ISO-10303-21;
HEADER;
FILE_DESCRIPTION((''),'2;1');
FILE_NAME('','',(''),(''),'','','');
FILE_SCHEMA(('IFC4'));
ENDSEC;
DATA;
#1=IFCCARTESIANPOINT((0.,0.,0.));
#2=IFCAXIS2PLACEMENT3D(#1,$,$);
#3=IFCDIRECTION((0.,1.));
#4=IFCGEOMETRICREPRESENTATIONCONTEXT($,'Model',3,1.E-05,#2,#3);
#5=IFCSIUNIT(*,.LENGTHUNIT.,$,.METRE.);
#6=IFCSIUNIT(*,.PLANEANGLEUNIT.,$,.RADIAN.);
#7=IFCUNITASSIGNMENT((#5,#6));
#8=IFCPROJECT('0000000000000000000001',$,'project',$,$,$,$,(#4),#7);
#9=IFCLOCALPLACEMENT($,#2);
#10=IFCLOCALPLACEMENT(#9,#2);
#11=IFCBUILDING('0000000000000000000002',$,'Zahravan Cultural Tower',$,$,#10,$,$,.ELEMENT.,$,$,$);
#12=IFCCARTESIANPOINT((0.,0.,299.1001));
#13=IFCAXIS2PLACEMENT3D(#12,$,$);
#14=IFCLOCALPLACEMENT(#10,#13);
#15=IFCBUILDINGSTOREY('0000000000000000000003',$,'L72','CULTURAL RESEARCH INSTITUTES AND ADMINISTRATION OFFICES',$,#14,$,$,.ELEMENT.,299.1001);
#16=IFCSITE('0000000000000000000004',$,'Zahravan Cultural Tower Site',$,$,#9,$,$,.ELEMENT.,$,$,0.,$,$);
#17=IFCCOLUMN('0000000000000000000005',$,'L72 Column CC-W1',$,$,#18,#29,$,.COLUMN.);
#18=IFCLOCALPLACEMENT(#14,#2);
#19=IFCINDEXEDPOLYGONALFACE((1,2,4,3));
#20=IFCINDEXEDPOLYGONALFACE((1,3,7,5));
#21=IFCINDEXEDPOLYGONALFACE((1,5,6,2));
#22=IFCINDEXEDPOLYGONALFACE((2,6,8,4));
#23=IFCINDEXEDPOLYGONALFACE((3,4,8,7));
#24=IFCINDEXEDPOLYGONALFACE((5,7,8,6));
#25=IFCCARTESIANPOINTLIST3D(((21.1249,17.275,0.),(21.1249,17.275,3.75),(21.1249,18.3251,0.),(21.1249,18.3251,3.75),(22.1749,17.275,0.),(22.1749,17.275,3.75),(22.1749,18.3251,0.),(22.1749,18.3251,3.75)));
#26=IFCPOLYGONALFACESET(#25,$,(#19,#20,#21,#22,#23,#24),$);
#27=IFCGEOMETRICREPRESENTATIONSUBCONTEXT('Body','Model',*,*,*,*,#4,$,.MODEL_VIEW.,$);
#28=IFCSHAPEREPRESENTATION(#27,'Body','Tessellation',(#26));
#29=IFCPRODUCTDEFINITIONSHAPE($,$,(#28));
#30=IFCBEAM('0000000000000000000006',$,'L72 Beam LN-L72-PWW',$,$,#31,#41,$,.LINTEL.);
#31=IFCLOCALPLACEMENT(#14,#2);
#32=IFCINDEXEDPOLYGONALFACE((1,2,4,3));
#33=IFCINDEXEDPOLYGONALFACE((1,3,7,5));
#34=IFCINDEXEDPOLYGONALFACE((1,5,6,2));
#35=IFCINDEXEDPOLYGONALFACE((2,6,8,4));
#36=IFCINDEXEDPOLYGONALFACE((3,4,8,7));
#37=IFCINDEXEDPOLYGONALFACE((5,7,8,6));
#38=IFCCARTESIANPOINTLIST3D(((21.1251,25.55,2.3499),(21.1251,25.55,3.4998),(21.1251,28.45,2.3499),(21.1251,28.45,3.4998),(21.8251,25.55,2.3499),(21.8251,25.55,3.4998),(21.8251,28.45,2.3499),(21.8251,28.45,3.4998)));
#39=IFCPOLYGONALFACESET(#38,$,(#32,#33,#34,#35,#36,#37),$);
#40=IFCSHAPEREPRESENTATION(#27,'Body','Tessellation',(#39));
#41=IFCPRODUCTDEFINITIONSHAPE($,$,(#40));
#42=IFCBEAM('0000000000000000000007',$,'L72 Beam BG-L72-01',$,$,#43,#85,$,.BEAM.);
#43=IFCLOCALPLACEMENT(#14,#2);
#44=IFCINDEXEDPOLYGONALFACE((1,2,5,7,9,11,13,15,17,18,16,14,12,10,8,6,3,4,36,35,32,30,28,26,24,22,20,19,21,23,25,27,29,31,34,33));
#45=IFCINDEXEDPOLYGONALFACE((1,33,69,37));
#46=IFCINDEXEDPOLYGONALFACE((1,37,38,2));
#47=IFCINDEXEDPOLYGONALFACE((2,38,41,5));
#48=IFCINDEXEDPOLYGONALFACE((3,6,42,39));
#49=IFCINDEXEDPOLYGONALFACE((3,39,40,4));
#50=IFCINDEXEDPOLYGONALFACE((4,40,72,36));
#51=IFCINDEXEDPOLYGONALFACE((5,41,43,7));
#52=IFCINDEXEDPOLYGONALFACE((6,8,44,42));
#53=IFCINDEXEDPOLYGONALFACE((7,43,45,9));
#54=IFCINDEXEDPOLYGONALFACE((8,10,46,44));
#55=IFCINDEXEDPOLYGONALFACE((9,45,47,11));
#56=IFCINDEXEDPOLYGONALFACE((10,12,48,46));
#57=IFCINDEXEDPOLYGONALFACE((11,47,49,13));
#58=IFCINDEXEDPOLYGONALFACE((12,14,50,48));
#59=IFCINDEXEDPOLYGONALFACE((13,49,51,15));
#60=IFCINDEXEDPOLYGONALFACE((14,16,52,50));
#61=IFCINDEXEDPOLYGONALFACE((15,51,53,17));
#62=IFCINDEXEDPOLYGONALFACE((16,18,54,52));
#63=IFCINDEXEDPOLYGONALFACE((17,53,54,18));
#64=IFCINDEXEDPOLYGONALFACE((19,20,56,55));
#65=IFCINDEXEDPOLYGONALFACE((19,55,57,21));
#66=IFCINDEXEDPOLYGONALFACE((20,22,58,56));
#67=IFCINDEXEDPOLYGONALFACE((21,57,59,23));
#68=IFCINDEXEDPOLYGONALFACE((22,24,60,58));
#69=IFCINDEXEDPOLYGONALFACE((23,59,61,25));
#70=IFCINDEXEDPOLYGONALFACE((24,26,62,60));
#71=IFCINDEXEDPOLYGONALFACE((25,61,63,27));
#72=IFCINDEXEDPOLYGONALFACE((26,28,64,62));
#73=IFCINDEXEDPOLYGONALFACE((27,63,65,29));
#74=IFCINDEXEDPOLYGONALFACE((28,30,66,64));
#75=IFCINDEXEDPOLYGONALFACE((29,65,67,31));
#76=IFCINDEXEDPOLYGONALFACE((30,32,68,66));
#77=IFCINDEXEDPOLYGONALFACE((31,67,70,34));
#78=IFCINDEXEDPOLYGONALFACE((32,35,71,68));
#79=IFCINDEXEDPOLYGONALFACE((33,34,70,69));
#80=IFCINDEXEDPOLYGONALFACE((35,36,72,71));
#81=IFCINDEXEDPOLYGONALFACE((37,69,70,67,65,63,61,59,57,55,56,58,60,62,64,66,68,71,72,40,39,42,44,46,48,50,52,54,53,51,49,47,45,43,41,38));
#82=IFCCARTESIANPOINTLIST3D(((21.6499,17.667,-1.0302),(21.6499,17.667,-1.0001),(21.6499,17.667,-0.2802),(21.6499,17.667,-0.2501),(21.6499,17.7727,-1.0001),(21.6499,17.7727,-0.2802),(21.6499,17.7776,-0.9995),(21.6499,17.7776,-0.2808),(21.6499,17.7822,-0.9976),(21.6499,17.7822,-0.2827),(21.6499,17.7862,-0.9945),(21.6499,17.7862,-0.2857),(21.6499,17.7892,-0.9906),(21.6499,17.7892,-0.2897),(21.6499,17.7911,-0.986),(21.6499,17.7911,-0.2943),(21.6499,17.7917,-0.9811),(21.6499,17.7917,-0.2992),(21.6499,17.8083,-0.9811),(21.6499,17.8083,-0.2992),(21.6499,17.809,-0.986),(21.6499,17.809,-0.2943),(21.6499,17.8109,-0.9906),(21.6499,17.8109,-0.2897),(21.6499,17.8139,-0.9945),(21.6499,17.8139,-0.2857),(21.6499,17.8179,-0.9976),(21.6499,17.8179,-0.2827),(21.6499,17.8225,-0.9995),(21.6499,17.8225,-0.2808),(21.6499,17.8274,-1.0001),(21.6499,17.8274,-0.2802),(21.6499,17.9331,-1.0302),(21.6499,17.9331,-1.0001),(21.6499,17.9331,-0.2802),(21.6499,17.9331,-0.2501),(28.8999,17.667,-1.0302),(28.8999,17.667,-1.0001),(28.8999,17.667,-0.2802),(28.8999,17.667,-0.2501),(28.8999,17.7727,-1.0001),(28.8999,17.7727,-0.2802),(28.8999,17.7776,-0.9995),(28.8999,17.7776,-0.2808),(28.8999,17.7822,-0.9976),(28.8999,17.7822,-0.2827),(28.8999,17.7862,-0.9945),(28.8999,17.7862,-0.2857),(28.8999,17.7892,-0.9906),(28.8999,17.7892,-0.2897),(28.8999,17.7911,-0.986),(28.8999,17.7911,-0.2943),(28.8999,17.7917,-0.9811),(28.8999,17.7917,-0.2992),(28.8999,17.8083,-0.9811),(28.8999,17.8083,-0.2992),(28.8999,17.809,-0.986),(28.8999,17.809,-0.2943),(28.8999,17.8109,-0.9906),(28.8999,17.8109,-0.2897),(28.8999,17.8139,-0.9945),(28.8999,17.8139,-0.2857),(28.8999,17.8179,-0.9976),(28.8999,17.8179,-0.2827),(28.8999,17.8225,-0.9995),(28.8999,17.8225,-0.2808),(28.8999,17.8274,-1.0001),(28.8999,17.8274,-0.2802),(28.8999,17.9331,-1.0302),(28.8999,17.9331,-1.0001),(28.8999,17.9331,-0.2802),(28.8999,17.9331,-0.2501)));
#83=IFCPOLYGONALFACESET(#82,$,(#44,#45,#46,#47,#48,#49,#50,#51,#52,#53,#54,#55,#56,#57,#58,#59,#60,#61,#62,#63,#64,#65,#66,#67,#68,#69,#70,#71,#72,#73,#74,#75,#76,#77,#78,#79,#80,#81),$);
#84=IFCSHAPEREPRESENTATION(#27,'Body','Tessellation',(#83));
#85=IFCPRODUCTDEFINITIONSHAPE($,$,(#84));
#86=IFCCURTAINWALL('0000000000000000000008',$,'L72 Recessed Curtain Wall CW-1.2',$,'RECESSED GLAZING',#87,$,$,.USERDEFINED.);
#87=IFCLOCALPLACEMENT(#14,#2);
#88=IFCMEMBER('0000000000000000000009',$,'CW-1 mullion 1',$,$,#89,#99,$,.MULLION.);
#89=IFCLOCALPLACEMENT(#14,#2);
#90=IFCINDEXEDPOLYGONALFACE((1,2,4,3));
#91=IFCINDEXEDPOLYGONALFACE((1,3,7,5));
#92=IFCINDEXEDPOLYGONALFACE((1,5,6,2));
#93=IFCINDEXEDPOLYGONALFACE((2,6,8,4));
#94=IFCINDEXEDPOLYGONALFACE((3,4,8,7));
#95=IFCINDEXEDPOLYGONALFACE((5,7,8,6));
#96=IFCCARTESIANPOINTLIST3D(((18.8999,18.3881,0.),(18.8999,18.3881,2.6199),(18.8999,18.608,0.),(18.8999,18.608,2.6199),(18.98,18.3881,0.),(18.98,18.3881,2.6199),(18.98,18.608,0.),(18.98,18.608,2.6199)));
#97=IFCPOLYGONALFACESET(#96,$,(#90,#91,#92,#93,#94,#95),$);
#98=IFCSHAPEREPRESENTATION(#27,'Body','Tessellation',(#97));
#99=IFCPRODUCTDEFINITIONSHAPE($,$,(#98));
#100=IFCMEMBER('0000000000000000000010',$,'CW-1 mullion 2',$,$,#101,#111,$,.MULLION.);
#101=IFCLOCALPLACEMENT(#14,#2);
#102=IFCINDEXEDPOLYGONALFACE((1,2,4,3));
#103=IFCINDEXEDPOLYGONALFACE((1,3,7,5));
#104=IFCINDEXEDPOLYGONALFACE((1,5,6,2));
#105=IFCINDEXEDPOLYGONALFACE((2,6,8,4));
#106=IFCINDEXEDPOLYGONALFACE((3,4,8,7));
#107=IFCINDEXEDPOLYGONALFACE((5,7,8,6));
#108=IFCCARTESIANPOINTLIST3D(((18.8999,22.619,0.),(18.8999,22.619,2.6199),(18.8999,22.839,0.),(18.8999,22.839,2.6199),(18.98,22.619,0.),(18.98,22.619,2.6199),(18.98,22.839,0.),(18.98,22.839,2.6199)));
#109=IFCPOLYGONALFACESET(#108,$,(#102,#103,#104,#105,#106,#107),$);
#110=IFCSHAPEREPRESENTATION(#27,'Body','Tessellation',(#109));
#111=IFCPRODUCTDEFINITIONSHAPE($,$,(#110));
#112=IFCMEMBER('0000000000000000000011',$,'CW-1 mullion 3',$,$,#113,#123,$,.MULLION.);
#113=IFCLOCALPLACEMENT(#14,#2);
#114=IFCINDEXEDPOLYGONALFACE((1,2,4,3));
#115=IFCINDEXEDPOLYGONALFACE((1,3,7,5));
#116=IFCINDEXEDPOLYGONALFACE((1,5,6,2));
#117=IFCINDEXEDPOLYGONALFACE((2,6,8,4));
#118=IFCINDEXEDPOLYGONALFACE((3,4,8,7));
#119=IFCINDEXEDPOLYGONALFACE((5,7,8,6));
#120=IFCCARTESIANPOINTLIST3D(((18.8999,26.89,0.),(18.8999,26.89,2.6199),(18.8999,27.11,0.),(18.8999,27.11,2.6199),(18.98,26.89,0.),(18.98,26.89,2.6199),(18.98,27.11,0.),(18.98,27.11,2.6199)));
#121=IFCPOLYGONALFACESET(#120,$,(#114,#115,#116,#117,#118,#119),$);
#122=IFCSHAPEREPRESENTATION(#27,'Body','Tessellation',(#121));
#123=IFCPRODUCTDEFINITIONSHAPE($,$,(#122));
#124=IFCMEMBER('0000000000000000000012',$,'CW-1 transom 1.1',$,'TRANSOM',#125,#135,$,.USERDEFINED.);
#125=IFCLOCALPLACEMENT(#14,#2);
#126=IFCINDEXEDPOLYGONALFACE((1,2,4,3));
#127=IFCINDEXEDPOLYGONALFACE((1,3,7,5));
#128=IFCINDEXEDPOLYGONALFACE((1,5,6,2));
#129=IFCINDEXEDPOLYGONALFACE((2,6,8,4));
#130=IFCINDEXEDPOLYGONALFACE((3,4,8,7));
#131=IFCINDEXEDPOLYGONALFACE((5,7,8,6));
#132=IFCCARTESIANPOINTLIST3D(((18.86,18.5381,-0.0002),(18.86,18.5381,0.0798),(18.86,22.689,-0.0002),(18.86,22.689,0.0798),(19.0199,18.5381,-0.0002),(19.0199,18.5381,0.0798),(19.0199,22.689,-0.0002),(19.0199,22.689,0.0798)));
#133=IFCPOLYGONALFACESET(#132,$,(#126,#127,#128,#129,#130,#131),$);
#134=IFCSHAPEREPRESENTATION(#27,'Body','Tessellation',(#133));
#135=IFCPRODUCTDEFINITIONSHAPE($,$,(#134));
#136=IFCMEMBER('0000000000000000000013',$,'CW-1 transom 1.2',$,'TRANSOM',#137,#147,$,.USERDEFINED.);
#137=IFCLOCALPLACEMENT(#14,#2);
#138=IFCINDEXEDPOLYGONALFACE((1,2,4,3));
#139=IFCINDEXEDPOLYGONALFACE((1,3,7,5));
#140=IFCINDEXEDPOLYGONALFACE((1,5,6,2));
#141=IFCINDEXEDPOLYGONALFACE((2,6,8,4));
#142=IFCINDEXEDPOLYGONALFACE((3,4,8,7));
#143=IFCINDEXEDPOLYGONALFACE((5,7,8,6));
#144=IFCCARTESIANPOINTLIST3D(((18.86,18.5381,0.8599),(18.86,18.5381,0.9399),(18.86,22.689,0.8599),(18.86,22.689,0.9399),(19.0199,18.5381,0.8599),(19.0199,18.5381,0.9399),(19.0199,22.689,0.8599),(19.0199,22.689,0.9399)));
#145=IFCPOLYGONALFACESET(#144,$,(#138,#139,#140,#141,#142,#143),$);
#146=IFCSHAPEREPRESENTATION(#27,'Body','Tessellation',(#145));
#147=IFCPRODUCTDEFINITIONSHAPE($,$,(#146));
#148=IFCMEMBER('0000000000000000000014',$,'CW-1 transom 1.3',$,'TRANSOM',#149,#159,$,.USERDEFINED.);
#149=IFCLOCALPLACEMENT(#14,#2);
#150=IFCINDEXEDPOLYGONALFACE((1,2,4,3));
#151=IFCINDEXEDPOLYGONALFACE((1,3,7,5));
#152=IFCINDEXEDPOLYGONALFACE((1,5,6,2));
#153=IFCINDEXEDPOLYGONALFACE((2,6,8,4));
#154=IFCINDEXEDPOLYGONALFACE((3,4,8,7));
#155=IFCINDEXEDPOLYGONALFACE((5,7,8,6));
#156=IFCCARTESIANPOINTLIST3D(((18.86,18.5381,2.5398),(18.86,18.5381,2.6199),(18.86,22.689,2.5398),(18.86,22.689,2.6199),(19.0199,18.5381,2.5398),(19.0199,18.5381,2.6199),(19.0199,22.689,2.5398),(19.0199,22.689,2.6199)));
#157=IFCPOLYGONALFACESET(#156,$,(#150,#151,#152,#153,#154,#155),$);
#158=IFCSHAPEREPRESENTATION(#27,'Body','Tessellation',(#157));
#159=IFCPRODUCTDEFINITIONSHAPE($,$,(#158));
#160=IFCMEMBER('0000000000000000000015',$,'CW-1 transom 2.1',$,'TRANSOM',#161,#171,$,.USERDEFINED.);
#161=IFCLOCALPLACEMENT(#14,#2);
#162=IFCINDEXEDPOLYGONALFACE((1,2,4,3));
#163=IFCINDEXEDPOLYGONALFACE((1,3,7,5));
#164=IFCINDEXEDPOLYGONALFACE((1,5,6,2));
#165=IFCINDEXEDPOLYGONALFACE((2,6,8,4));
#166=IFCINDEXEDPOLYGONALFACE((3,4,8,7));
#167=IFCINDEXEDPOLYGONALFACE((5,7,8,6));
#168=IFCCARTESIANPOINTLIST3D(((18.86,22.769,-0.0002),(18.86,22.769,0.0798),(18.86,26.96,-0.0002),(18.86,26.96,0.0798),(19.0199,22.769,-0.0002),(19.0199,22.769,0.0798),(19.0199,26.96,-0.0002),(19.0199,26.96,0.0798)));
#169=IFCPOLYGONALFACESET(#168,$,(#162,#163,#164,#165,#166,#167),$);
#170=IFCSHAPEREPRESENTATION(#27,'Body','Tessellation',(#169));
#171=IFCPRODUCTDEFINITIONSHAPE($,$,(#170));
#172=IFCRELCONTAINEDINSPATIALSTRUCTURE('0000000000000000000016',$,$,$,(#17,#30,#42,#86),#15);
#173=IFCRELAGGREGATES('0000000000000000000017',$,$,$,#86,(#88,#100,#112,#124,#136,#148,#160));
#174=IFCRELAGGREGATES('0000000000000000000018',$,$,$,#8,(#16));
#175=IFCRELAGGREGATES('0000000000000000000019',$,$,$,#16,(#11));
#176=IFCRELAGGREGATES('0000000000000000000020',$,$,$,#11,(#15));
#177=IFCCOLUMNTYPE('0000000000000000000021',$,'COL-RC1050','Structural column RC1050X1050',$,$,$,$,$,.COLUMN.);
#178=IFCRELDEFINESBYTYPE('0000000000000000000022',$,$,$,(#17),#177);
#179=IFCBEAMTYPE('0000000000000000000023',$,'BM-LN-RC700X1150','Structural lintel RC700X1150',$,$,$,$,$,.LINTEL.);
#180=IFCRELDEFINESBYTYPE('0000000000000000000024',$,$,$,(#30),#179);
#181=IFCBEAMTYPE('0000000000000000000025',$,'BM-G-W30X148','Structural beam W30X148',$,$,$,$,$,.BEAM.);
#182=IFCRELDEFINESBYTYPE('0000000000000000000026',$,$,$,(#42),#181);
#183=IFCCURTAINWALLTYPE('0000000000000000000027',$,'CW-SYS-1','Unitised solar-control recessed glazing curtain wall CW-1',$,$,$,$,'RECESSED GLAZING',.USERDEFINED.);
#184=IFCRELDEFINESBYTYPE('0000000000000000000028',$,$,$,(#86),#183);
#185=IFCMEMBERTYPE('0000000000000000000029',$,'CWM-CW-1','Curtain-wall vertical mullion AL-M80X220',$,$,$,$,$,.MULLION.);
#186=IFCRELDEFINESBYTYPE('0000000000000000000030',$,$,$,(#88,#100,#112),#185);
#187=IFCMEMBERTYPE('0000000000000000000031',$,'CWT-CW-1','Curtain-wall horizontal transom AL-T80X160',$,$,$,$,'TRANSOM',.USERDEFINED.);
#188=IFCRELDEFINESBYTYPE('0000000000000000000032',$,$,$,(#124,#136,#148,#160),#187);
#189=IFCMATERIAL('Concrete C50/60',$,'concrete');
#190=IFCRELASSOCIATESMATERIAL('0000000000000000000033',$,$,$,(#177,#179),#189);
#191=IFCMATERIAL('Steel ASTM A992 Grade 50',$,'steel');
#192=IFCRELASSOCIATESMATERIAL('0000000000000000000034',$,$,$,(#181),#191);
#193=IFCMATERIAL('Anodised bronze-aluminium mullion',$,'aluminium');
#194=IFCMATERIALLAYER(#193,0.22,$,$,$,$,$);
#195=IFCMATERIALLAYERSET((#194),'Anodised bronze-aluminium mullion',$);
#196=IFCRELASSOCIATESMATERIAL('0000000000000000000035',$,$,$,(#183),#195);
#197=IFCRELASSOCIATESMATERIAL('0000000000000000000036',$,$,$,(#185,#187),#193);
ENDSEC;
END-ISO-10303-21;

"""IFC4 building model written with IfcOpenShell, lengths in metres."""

from ifc_helpers import new_model, si_unit, direction, frame, origin, origin_2d, place, context, subcontext, project, spatial, rectangle, i_section, extrude, source, transform, mapped, material, layer, layer_set, material_profile, profile_set, type_object, element, aggregate, save


model = new_model("IFC4")

# Units and contexts
model_context = context("Model", 3, precision=1e-05, world=origin(), true_north=direction((0.0, 1.0)))
body_context = subcontext(model_context, "Body", "Model", "MODEL_VIEW")
ifc_project = project(units=[si_unit("LENGTHUNIT", "METRE"), si_unit("PLANEANGLEUNIT", "RADIAN")], contexts=[model_context])

# Site, building, storey
site_placement = place(None, origin())
site = spatial("IfcSite", under=ifc_project, at=site_placement, Name="Zahravan Cultural Tower Site", CompositionType="ELEMENT", RefElevation=0.0)
building_placement = place(site_placement, origin())
building = spatial("IfcBuilding", under=site, at=building_placement, Name="Zahravan Cultural Tower", CompositionType="ELEMENT")
storey_placement = place(building_placement, frame((0.0, 0.0, 299.1001)))
storey = spatial("IfcBuildingStorey", under=building, at=storey_placement, Name="L72", Description="CULTURAL RESEARCH INSTITUTES AND ADMINISTRATION OFFICES", CompositionType="ELEMENT", Elevation=299.1001)

# Column
ifc_material_1 = material(Name="Concrete C50/60", Category="concrete")
ifc_material_profile_1 = material_profile(ifc_material_1, rectangle(XDim=1.05, YDim=1.05, at=origin_2d()), Name="RC1050X1050")
ifc_profile_set_1 = profile_set([ifc_material_profile_1], Name="Concrete C50/60")
column_type = type_object("IfcColumnType", Name="COL-RC1050", Description="Structural column RC1050X1050", PredefinedType="COLUMN", material=ifc_profile_set_1)
shared_shape_1 = source(origin(), body_context, "Body", "SweptSolid", [
    extrude(rectangle(XDim=1.05, YDim=1.05, at=origin_2d()), origin(), (0.0, 0.0, 1.0), 3.75),
])
column_placement = place(storey_placement, frame((21.6499, 17.8, 0.0), z_axis=(0.0, 0.0, 1.0), x_axis=(1.0, 0.0, 0.0)))
element("IfcColumn", 1, at=column_placement, inside=storey, type_object=column_type, Name="L72 Column CC-W1", PredefinedType="COLUMN", context=body_context, shape_type="MappedRepresentation", body=[
    mapped(shared_shape_1, transform((0.0, 0.0, 0.0), x_axis=(1.0, 0.0, 0.0), y_axis=(0.0, 1.0, 0.0), z_axis=(0.0, 0.0, 1.0), scale=1.0)),
])

# Beams
ifc_material_profile_2 = material_profile(ifc_material_1, rectangle(XDim=0.7, YDim=1.1499, at=origin_2d()), Name="RC700X1150")
ifc_profile_set_2 = profile_set([ifc_material_profile_2], Name="Concrete C50/60")
beam_type_1 = type_object("IfcBeamType", Name="BM-LN-RC700X1150", Description="Structural lintel RC700X1150", PredefinedType="LINTEL", material=ifc_profile_set_2)
shared_shape_2 = source(origin(), body_context, "Body", "SweptSolid", [
    extrude(rectangle(XDim=0.7, YDim=1.1499, at=origin_2d()), origin(), (0.0, 0.0, 1.0), 2.8999),
])
beam_1_placement = place(storey_placement, frame((21.4751, 25.55, 2.9248), z_axis=(0.0, 1.0, 0.0), x_axis=(-1.0, 0.0, 0.0)))
element("IfcBeam", 2, at=beam_1_placement, inside=storey, type_object=beam_type_1, Name="L72 Beam LN-L72-PWW", PredefinedType="LINTEL", context=body_context, shape_type="MappedRepresentation", body=[
    mapped(shared_shape_2, transform((0.0, 0.0, 0.0), x_axis=(1.0, 0.0, 0.0), y_axis=(0.0, 1.0, 0.0), z_axis=(0.0, 0.0, 1.0), scale=1.0)),
])
ifc_material_2 = material(Name="Steel ASTM A992 Grade 50", Category="steel")
ifc_material_profile_3 = material_profile(ifc_material_2, i_section(OverallWidth=0.2661, OverallDepth=0.78, WebThickness=0.0166, FlangeThickness=0.03, FilletRadius=0.019, at=origin_2d()), Name="W30X148")
ifc_profile_set_3 = profile_set([ifc_material_profile_3], Name="Steel ASTM A992 Grade 50")
beam_type_2 = type_object("IfcBeamType", Name="BM-G-W30X148", Description="Structural beam W30X148", PredefinedType="BEAM", material=ifc_profile_set_3)
shared_shape_3 = source(origin(), body_context, "Body", "SweptSolid", [
    extrude(i_section(OverallWidth=0.2661, OverallDepth=0.78, WebThickness=0.0166, FlangeThickness=0.03, FilletRadius=0.019, at=origin_2d()), origin(), (0.0, 0.0, 1.0), 7.25),
])
beam_2_placement = place(storey_placement, frame((21.6499, 17.8, -0.6401), z_axis=(1.0, 0.0, 0.0), x_axis=(0.0, 1.0, 0.0)))
element("IfcBeam", 3, at=beam_2_placement, inside=storey, type_object=beam_type_2, Name="L72 Beam BG-L72-01", PredefinedType="BEAM", context=body_context, shape_type="MappedRepresentation", body=[
    mapped(shared_shape_3, transform((0.0, 0.0, 0.0), x_axis=(1.0, 0.0, 0.0), y_axis=(0.0, 1.0, 0.0), z_axis=(0.0, 0.0, 1.0), scale=1.0)),
])

# Curtain wall, members
ifc_material_3 = material(Name="Anodised bronze-aluminium mullion", Category="aluminium")
ifc_layer_1 = layer(ifc_material_3, 0.22)
ifc_layer_set_1 = layer_set([ifc_layer_1], Name="Anodised bronze-aluminium mullion")
curtain_wall_type = type_object("IfcCurtainWallType", Name="CW-SYS-1", Description="Unitised solar-control recessed glazing curtain wall CW-1", ElementType="RECESSED GLAZING", PredefinedType="USERDEFINED", material=ifc_layer_set_1)
curtain_wall_placement = place(storey_placement, origin())
curtain_wall = element("IfcCurtainWall", 4, at=curtain_wall_placement, inside=storey, type_object=curtain_wall_type, Name="L72 Recessed Curtain Wall CW-1.2", ObjectType="RECESSED GLAZING", PredefinedType="USERDEFINED")
ifc_material_profile_4 = material_profile(ifc_material_3, rectangle(XDim=0.0801, YDim=0.22, at=origin_2d()), Name="AL-M80X220")
ifc_profile_set_4 = profile_set([ifc_material_profile_4], Name="Anodised bronze-aluminium mullion")
member_type_1 = type_object("IfcMemberType", Name="CWM-CW-1", Description="Curtain-wall vertical mullion AL-M80X220", PredefinedType="MULLION", material=ifc_profile_set_4)
shared_shape_4 = source(origin(), body_context, "Body", "SweptSolid", [
    extrude(rectangle(XDim=0.0801, YDim=0.22, at=origin_2d()), origin(), (0.0, 0.0, 1.0), 2.6199),
])
member_1_placement = place(storey_placement, frame((18.9399, 18.498, 0.0), z_axis=(0.0, 0.0, 1.0), x_axis=(-1.0, 0.0, 0.0)))
member_1 = element("IfcMember", 5, at=member_1_placement, type_object=member_type_1, Name="CW-1 mullion 1", PredefinedType="MULLION", context=body_context, shape_type="MappedRepresentation", body=[
    mapped(shared_shape_4, transform((0.0, 0.0, 0.0), x_axis=(1.0, 0.0, 0.0), y_axis=(0.0, 1.0, 0.0), z_axis=(0.0, 0.0, 1.0), scale=1.0)),
])
member_2_placement = place(storey_placement, frame((18.9399, 22.729, 0.0), z_axis=(0.0, 0.0, 1.0), x_axis=(-1.0, 0.0, 0.0)))
member_2 = element("IfcMember", 6, at=member_2_placement, type_object=member_type_1, Name="CW-1 mullion 2", PredefinedType="MULLION", context=body_context, shape_type="MappedRepresentation", body=[
    mapped(shared_shape_4, transform((0.0, 0.0, 0.0), x_axis=(1.0, 0.0, 0.0), y_axis=(0.0, 1.0, 0.0), z_axis=(0.0, 0.0, 1.0), scale=1.0)),
])
member_3_placement = place(storey_placement, frame((18.9399, 27.0, 0.0), z_axis=(0.0, 0.0, 1.0), x_axis=(-1.0, 0.0, 0.0)))
member_3 = element("IfcMember", 7, at=member_3_placement, type_object=member_type_1, Name="CW-1 mullion 3", PredefinedType="MULLION", context=body_context, shape_type="MappedRepresentation", body=[
    mapped(shared_shape_4, transform((0.0, 0.0, 0.0), x_axis=(1.0, 0.0, 0.0), y_axis=(0.0, 1.0, 0.0), z_axis=(0.0, 0.0, 1.0), scale=1.0)),
])
ifc_material_profile_5 = material_profile(ifc_material_3, rectangle(XDim=0.1599, YDim=0.0801, at=origin_2d()), Name="AL-T80X160")
ifc_profile_set_5 = profile_set([ifc_material_profile_5], Name="Anodised bronze-aluminium mullion")
member_type_2 = type_object("IfcMemberType", Name="CWT-CW-1", Description="Curtain-wall horizontal transom AL-T80X160", ElementType="TRANSOM", PredefinedType="USERDEFINED", material=ifc_profile_set_5)
shared_shape_5 = source(origin(), body_context, "Body", "SweptSolid", [
    extrude(rectangle(XDim=0.1599, YDim=0.0801, at=origin_2d()), origin(), (0.0, 0.0, 1.0), 4.1509),
])
member_4_placement = place(storey_placement, frame((18.9399, 18.5381, 0.0398), z_axis=(0.0, 1.0, 0.0), x_axis=(-1.0, 0.0, 0.0)))
member_4 = element("IfcMember", 8, at=member_4_placement, type_object=member_type_2, Name="CW-1 transom 1.1", ObjectType="TRANSOM", PredefinedType="USERDEFINED", context=body_context, shape_type="MappedRepresentation", body=[
    mapped(shared_shape_5, transform((0.0, 0.0, 0.0), x_axis=(1.0, 0.0, 0.0), y_axis=(0.0, 1.0, 0.0), z_axis=(0.0, 0.0, 1.0), scale=1.0)),
])
member_5_placement = place(storey_placement, frame((18.9399, 18.5381, 0.8999), z_axis=(0.0, 1.0, 0.0), x_axis=(-1.0, 0.0, 0.0)))
member_5 = element("IfcMember", 9, at=member_5_placement, type_object=member_type_2, Name="CW-1 transom 1.2", ObjectType="TRANSOM", PredefinedType="USERDEFINED", context=body_context, shape_type="MappedRepresentation", body=[
    mapped(shared_shape_5, transform((0.0, 0.0, 0.0), x_axis=(1.0, 0.0, 0.0), y_axis=(0.0, 1.0, 0.0), z_axis=(0.0, 0.0, 1.0), scale=1.0)),
])
member_6_placement = place(storey_placement, frame((18.9399, 18.5381, 2.5798), z_axis=(0.0, 1.0, 0.0), x_axis=(-1.0, 0.0, 0.0)))
member_6 = element("IfcMember", 10, at=member_6_placement, type_object=member_type_2, Name="CW-1 transom 1.3", ObjectType="TRANSOM", PredefinedType="USERDEFINED", context=body_context, shape_type="MappedRepresentation", body=[
    mapped(shared_shape_5, transform((0.0, 0.0, 0.0), x_axis=(1.0, 0.0, 0.0), y_axis=(0.0, 1.0, 0.0), z_axis=(0.0, 0.0, 1.0), scale=1.0)),
])
shared_shape_6 = source(origin(), body_context, "Body", "SweptSolid", [
    extrude(rectangle(XDim=0.1599, YDim=0.0801, at=origin_2d()), origin(), (0.0, 0.0, 1.0), 4.1909),
])
member_7_placement = place(storey_placement, frame((18.9399, 22.769, 0.0398), z_axis=(0.0, 1.0, 0.0), x_axis=(-1.0, 0.0, 0.0)))
member_7 = element("IfcMember", 11, at=member_7_placement, type_object=member_type_2, Name="CW-1 transom 2.1", ObjectType="TRANSOM", PredefinedType="USERDEFINED", context=body_context, shape_type="MappedRepresentation", body=[
    mapped(shared_shape_6, transform((0.0, 0.0, 0.0), x_axis=(1.0, 0.0, 0.0), y_axis=(0.0, 1.0, 0.0), z_axis=(0.0, 0.0, 1.0), scale=1.0)),
])

aggregate(curtain_wall, [member_1, member_2, member_3, member_4, member_5, member_6, member_7])

save(model, "model.ifc")
